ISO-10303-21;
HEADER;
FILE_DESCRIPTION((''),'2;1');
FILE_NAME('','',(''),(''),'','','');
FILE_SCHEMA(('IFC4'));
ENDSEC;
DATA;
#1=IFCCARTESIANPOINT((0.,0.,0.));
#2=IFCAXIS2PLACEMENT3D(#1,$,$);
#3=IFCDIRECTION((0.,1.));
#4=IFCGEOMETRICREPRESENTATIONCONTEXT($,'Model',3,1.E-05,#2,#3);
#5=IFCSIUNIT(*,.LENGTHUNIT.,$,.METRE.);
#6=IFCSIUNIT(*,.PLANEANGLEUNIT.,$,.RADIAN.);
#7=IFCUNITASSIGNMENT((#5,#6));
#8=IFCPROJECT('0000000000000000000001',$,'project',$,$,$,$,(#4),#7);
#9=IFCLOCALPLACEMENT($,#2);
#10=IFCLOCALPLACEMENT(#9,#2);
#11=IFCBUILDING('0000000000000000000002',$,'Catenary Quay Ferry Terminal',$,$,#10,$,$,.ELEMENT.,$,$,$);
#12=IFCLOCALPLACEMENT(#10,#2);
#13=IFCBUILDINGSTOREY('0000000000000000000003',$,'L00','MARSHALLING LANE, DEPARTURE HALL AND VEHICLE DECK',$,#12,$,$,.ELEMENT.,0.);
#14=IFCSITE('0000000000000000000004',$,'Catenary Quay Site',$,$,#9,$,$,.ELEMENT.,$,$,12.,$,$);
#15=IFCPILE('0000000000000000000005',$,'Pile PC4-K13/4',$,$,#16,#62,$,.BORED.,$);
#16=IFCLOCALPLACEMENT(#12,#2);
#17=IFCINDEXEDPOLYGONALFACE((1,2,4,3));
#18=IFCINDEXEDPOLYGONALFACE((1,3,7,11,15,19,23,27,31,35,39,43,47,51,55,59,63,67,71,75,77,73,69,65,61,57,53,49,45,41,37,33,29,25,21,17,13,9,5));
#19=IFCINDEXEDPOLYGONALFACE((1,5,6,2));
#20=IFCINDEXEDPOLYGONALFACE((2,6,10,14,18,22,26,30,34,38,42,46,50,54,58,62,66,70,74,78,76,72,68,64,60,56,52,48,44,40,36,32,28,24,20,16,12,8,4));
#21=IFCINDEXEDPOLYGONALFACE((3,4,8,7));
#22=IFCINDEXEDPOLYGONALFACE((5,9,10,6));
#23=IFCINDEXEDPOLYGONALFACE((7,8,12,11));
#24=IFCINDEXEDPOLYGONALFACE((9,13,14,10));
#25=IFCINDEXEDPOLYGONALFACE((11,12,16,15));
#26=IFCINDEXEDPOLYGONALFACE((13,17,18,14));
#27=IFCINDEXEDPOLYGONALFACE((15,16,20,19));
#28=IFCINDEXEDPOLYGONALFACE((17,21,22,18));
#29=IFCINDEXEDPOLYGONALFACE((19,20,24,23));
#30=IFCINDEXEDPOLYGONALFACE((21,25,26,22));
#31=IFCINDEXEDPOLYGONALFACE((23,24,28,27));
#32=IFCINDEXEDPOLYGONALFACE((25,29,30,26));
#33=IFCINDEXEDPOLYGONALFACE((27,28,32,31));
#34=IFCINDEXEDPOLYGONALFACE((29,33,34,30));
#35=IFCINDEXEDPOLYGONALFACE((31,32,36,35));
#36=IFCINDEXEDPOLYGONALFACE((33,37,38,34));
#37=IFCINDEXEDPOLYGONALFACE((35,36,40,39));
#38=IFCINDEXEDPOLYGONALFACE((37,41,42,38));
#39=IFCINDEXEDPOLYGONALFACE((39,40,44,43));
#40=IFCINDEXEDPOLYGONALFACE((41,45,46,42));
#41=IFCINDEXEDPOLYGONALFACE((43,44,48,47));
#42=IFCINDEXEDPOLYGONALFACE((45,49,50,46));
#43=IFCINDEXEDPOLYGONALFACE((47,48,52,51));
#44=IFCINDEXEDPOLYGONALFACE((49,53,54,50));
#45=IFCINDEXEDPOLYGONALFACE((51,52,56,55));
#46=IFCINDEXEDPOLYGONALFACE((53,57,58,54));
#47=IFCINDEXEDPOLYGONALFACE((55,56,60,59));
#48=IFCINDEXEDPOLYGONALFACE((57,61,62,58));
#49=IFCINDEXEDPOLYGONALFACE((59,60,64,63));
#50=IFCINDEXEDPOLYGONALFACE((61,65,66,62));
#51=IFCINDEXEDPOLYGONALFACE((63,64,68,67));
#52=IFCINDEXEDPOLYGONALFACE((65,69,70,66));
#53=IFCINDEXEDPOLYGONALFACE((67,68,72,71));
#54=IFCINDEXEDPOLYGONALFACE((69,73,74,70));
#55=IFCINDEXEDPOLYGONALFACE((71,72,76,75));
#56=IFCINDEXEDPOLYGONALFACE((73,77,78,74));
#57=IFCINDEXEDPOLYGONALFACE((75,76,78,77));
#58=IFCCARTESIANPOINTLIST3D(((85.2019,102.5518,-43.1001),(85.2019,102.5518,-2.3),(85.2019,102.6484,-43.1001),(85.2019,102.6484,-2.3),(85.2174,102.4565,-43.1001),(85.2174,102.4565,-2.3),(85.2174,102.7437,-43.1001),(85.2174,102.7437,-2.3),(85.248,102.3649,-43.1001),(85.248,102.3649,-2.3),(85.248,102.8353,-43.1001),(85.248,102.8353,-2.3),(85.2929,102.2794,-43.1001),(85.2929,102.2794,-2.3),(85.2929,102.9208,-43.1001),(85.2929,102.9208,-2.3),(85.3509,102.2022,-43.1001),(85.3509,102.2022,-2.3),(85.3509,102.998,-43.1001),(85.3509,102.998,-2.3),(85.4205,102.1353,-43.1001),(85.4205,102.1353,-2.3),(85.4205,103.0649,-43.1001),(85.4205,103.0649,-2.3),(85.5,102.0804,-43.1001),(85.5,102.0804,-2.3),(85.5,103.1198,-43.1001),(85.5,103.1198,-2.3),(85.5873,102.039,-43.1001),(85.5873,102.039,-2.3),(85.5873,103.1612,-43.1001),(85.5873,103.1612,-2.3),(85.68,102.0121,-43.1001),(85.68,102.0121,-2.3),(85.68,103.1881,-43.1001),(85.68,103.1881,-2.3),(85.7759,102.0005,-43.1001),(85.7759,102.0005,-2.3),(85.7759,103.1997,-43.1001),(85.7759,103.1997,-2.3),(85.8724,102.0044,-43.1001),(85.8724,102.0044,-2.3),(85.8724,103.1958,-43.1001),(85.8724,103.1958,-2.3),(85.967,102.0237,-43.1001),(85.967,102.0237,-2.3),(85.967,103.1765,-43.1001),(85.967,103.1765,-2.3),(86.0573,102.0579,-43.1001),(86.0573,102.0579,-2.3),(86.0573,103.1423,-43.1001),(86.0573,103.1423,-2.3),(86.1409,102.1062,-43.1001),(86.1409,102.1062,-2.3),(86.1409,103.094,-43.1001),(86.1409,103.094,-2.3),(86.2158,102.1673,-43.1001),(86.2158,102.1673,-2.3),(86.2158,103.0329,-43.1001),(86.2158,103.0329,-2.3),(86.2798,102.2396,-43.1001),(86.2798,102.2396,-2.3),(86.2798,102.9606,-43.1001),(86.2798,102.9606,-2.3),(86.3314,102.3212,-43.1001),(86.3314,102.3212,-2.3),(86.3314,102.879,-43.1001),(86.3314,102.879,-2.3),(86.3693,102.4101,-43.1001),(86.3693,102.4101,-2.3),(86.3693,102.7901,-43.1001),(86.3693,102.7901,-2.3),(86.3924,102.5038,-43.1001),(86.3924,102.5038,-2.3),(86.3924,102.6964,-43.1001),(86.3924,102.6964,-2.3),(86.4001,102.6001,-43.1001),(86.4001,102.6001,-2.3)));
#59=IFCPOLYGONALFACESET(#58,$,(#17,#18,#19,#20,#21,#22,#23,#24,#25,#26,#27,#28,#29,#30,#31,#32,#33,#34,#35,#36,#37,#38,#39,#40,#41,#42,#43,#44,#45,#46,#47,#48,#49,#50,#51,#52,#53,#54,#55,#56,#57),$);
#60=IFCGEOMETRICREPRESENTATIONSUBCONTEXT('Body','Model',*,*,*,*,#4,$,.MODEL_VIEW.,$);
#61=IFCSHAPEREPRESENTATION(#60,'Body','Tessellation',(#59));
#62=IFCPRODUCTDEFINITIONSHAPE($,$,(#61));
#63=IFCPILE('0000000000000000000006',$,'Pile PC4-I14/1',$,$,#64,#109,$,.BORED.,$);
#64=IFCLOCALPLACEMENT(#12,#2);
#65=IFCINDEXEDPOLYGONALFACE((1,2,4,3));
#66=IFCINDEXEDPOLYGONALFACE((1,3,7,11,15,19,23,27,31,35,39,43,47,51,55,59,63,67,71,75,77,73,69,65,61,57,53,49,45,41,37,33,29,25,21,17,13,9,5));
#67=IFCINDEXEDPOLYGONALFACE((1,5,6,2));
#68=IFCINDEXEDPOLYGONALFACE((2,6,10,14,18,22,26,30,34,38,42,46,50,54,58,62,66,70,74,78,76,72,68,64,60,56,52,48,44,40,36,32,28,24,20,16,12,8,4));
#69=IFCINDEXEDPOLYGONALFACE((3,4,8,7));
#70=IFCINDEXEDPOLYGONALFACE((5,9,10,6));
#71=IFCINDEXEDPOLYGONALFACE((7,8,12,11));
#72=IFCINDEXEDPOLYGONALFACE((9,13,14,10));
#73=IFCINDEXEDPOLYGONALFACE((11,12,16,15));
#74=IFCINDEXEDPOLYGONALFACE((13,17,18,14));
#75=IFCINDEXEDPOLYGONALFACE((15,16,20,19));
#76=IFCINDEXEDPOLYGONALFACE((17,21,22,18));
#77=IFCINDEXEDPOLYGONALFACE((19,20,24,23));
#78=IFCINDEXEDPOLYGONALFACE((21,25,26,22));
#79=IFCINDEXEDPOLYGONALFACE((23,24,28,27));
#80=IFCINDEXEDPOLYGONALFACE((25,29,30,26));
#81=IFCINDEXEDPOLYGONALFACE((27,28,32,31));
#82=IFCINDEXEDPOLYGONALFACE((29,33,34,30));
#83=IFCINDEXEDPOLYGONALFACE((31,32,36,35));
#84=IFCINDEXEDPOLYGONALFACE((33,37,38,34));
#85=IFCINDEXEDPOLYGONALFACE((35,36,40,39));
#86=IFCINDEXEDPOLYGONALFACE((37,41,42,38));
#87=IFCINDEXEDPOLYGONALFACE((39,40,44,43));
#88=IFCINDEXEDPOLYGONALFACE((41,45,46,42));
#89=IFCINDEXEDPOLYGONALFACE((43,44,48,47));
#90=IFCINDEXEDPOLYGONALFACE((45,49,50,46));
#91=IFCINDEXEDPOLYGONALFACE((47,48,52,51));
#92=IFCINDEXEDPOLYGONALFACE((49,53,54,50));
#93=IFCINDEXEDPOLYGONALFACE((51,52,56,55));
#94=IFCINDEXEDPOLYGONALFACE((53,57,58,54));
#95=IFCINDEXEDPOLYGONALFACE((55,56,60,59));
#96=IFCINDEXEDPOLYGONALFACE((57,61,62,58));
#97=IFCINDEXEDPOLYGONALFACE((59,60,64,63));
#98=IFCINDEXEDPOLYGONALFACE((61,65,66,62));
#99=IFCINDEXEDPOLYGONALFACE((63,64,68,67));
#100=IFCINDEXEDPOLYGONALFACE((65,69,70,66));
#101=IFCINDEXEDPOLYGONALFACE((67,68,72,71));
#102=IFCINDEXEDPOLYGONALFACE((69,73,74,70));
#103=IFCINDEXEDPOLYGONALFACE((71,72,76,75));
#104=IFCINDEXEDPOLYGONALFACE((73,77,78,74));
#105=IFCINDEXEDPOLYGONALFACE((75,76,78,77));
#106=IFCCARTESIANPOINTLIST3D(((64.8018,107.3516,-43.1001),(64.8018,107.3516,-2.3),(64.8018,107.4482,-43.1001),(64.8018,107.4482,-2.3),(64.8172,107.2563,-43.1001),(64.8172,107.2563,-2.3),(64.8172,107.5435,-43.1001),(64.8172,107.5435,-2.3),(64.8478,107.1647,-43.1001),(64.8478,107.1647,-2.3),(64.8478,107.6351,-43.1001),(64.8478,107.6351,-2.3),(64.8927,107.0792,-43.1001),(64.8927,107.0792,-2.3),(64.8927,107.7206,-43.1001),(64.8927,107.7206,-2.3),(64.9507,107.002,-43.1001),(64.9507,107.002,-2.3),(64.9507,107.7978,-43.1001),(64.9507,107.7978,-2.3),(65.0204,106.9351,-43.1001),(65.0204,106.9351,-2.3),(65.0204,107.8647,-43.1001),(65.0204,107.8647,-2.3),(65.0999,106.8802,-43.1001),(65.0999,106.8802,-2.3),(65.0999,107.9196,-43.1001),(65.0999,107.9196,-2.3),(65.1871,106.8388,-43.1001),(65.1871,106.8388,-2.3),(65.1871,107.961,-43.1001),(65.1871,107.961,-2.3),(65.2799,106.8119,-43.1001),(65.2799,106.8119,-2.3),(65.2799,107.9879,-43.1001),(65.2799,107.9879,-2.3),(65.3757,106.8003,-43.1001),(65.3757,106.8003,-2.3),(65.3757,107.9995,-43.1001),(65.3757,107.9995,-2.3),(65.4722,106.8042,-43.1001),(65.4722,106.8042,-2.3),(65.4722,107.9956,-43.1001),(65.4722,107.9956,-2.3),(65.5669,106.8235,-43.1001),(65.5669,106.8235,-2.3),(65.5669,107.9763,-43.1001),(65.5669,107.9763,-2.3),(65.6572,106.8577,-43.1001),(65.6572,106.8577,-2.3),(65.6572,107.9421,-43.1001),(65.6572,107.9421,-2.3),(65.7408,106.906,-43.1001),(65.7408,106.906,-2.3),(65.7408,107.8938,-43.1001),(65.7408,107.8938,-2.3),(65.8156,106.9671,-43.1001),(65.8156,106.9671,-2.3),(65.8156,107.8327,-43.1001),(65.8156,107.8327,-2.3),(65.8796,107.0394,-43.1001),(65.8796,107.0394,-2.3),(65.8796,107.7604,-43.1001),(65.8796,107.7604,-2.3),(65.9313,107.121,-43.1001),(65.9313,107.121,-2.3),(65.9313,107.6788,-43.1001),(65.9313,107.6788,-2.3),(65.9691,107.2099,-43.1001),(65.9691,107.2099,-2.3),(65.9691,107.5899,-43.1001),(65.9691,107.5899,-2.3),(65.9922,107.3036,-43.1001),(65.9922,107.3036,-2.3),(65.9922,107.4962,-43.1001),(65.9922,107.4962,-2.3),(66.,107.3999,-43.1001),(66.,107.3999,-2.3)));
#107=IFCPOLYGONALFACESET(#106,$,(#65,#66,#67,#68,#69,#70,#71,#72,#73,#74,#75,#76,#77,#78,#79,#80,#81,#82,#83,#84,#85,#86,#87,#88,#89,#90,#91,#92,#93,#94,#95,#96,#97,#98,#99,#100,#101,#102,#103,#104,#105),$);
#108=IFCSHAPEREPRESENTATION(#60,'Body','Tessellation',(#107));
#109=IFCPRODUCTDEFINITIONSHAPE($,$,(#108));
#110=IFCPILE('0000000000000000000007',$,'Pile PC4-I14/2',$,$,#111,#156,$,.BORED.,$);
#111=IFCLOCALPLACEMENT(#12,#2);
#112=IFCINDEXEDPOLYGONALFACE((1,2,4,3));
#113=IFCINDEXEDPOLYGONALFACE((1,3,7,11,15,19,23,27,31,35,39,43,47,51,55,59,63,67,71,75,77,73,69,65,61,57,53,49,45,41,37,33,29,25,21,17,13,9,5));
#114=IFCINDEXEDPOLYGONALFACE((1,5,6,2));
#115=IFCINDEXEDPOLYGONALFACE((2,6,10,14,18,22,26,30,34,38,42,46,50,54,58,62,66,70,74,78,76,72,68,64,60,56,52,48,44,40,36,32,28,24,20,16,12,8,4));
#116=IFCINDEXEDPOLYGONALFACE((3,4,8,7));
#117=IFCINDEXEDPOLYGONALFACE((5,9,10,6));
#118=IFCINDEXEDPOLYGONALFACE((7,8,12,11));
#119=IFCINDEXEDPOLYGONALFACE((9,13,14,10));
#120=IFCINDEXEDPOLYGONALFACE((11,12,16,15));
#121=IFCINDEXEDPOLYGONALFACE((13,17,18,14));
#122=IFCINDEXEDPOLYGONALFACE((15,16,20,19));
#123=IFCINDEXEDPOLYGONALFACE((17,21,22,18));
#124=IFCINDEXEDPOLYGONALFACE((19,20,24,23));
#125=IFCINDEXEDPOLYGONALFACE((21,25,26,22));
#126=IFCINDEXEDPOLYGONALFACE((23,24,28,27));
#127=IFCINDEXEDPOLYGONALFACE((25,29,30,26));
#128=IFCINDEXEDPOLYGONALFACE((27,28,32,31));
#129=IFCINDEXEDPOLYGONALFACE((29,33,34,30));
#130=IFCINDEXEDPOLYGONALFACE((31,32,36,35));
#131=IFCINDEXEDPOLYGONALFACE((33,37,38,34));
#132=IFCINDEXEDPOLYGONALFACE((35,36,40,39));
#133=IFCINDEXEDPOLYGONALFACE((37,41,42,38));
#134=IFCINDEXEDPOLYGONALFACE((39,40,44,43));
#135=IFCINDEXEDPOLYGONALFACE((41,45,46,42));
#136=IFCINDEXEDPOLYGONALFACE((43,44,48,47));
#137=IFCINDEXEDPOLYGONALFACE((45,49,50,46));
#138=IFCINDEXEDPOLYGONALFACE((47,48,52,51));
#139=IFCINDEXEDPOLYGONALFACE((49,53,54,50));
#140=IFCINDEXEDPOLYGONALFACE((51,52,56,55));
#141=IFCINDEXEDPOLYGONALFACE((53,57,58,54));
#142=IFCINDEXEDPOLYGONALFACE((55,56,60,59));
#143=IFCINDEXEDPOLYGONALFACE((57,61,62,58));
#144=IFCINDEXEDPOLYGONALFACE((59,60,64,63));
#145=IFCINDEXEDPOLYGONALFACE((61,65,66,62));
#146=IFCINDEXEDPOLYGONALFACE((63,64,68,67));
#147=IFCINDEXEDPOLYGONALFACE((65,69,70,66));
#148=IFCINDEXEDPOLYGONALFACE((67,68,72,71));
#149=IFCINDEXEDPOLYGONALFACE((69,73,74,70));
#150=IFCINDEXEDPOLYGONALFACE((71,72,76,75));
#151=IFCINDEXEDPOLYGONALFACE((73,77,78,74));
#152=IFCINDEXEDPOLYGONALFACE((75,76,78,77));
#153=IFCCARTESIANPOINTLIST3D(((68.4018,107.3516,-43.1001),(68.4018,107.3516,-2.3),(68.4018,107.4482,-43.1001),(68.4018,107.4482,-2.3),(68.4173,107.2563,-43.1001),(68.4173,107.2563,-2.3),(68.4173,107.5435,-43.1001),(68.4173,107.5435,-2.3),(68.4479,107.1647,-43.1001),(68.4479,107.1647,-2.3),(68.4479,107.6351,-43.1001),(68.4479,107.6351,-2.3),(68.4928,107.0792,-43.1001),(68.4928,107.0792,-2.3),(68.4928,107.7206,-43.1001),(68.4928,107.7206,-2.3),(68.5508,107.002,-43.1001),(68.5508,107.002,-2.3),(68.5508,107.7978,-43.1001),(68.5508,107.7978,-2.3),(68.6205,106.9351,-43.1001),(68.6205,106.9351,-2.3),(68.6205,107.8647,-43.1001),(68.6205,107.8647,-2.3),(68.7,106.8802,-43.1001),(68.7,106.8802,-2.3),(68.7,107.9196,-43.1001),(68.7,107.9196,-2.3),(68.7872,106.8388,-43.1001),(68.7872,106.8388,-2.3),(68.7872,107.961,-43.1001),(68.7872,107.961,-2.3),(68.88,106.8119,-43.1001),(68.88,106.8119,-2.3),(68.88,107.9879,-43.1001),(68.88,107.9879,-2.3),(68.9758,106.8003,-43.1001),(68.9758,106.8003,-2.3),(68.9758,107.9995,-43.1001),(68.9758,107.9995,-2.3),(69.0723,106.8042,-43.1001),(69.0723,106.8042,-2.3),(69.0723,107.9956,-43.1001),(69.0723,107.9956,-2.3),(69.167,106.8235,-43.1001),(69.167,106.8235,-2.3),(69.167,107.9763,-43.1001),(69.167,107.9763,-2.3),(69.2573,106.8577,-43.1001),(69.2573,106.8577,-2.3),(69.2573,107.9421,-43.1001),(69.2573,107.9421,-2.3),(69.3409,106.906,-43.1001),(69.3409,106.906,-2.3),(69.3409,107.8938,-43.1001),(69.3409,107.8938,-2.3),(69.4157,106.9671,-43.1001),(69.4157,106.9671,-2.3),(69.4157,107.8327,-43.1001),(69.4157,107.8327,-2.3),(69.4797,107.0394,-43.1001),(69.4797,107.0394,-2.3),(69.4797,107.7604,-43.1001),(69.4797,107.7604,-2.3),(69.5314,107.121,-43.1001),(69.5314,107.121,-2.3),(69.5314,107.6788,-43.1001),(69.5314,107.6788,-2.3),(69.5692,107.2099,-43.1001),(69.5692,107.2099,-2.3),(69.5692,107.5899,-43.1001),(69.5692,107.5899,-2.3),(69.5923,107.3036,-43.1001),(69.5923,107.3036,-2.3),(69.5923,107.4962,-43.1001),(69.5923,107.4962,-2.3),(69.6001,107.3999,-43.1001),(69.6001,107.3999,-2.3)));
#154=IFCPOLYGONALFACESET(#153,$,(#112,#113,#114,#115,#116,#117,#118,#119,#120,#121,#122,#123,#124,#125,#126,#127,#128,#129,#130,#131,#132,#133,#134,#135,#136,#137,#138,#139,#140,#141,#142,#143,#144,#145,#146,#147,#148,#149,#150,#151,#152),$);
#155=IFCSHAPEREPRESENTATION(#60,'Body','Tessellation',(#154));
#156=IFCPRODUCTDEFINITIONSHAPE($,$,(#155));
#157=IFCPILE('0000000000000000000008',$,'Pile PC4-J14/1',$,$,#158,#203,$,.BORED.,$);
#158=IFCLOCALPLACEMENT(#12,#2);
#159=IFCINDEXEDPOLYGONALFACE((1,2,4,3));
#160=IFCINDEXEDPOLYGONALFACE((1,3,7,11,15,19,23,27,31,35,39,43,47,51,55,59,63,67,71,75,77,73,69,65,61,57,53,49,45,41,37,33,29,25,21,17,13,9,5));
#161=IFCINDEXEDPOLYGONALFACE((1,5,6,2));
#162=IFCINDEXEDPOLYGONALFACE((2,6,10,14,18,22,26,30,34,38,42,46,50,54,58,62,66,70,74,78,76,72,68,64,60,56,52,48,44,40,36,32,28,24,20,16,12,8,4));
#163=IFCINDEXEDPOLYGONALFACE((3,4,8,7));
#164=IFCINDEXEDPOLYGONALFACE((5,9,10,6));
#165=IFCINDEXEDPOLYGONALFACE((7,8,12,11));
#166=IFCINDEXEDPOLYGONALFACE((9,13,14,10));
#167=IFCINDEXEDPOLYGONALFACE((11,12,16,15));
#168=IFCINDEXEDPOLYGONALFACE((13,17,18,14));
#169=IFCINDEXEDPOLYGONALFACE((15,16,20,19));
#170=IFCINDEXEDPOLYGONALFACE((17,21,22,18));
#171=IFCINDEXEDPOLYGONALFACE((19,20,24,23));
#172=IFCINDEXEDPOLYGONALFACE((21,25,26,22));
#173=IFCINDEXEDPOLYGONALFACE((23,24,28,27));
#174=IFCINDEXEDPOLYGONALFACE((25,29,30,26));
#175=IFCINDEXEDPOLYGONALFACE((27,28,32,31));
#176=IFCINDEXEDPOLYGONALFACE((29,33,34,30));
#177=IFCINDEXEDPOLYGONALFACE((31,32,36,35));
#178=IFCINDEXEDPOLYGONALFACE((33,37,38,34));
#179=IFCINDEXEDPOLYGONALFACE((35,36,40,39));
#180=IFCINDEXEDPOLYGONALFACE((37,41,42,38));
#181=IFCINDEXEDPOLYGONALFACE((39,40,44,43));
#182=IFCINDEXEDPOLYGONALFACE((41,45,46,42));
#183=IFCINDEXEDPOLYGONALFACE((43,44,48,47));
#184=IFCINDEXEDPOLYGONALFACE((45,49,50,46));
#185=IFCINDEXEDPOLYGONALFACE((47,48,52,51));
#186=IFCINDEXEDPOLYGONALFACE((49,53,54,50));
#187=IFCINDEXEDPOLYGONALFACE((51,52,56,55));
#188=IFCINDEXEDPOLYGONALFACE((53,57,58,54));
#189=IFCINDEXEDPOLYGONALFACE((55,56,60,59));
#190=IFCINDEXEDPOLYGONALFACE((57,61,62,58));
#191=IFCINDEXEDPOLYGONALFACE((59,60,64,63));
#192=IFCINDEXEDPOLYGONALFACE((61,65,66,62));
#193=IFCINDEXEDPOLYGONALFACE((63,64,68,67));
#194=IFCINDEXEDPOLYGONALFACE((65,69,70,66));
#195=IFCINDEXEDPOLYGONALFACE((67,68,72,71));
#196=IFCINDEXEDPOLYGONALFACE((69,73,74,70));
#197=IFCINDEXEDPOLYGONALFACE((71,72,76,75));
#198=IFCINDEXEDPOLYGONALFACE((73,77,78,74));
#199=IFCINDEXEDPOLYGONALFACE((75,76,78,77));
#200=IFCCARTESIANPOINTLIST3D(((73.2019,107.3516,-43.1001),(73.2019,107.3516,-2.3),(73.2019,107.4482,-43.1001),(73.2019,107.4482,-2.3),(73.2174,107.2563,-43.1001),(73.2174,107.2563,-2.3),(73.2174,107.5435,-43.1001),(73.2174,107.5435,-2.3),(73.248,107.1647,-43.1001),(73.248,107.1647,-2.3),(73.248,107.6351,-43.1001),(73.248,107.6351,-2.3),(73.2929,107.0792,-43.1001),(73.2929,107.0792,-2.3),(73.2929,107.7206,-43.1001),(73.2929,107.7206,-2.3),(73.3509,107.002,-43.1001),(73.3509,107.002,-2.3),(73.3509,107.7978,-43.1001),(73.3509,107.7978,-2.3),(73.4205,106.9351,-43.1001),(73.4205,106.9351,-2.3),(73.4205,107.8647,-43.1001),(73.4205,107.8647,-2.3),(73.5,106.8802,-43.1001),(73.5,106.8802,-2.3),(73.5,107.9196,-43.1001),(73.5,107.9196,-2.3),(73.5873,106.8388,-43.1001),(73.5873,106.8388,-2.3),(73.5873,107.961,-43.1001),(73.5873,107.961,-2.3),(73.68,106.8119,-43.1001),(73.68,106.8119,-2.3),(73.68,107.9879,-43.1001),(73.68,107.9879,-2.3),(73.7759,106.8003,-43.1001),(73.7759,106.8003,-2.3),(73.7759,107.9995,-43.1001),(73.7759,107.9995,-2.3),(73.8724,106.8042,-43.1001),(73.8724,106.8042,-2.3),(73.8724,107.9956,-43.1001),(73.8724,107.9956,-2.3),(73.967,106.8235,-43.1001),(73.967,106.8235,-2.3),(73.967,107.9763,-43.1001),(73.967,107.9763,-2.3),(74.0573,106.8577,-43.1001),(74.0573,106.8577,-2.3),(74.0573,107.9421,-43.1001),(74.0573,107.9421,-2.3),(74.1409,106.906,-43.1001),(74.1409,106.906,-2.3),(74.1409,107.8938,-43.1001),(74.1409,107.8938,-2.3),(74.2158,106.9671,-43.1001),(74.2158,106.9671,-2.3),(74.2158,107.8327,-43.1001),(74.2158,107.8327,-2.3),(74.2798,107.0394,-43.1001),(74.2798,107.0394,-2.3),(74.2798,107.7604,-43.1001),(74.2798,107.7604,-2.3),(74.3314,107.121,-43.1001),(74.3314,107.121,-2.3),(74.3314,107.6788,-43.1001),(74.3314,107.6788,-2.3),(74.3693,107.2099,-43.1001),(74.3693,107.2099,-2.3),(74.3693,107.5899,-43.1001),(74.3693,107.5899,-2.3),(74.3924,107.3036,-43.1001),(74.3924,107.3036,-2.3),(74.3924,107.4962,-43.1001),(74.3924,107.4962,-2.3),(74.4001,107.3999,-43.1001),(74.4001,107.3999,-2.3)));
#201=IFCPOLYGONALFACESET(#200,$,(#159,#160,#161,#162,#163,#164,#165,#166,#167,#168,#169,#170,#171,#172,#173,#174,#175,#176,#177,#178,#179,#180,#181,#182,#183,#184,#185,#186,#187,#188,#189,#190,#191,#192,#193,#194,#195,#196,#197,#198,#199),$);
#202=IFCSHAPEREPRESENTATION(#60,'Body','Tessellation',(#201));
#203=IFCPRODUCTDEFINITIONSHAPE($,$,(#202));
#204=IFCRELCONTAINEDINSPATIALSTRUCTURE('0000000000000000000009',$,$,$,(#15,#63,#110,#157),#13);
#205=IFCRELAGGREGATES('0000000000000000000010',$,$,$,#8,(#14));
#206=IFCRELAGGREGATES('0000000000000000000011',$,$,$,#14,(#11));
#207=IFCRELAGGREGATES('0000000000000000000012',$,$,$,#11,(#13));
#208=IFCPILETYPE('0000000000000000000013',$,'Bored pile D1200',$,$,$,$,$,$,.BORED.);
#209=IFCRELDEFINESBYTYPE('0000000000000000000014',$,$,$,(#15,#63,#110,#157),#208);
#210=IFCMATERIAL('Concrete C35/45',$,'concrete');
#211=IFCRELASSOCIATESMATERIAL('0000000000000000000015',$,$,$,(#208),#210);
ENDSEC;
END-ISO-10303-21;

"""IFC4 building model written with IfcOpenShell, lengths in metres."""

from ifc_helpers import new_model, si_unit, direction, frame, origin, origin_2d, place, context, subcontext, project, spatial, circle, extrude, material, material_profile, profile_set, type_object, element, save


model = new_model("IFC4")

# Units and contexts
model_context = context("Model", 3, precision=1e-05, world=origin(), true_north=direction((0.0, 1.0)))
body_context = subcontext(model_context, "Body", "Model", "MODEL_VIEW")
ifc_project = project(units=[si_unit("LENGTHUNIT", "METRE"), si_unit("PLANEANGLEUNIT", "RADIAN")], contexts=[model_context])

# Site, building, storey
site_placement = place(None, origin())
site = spatial("IfcSite", under=ifc_project, at=site_placement, Name="Catenary Quay Site", CompositionType="ELEMENT", RefElevation=12.0)
building_placement = place(site_placement, origin())
building = spatial("IfcBuilding", under=site, at=building_placement, Name="Catenary Quay Ferry Terminal", CompositionType="ELEMENT")
storey_placement = place(building_placement, origin())
storey = spatial("IfcBuildingStorey", under=building, at=storey_placement, Name="L00", Description="MARSHALLING LANE, DEPARTURE HALL AND VEHICLE DECK", CompositionType="ELEMENT", Elevation=0.0)

# Piles
ifc_material_1 = material(Name="Concrete C35/45", Category="concrete")
ifc_material_profile_1 = material_profile(ifc_material_1, circle(Radius=0.6001, at=origin_2d()), Name="D1200")
ifc_profile_set_1 = profile_set([ifc_material_profile_1], Name="Concrete C35/45")
pile_type = type_object("IfcPileType", Name="Bored pile D1200", PredefinedType="BORED", material=ifc_profile_set_1)
for number, where, z_axis, x_axis, name in (
    (1, (85.8, 102.6001, -2.3), (0.0, 0.0, -1.0), (1.0, 0.0, 0.0), "Pile PC4-K13/4"),
    (2, (65.3999, 107.3999, -2.3), (0.0, 0.0, -1.0), (1.0, 0.0, 0.0), "Pile PC4-I14/1"),
    (3, (69.0, 107.3999, -2.3), (0.0, 0.0, -1.0), (1.0, 0.0, 0.0), "Pile PC4-I14/2"),
    (4, (73.8, 107.3999, -2.3), (0.0, 0.0, -1.0), (1.0, 0.0, 0.0), "Pile PC4-J14/1"),
):
    element("IfcPile", number, at=place(storey_placement, frame(where, z_axis=z_axis, x_axis=x_axis)), inside=storey, type_object=pile_type, Name=name, PredefinedType="BORED", context=body_context, shape_type="SweptSolid", body=[
        extrude(circle(Radius=0.6001, at=origin_2d()), origin(), (0.0, 0.0, 1.0), 40.8),
    ])

save(model, "model.ifc")
